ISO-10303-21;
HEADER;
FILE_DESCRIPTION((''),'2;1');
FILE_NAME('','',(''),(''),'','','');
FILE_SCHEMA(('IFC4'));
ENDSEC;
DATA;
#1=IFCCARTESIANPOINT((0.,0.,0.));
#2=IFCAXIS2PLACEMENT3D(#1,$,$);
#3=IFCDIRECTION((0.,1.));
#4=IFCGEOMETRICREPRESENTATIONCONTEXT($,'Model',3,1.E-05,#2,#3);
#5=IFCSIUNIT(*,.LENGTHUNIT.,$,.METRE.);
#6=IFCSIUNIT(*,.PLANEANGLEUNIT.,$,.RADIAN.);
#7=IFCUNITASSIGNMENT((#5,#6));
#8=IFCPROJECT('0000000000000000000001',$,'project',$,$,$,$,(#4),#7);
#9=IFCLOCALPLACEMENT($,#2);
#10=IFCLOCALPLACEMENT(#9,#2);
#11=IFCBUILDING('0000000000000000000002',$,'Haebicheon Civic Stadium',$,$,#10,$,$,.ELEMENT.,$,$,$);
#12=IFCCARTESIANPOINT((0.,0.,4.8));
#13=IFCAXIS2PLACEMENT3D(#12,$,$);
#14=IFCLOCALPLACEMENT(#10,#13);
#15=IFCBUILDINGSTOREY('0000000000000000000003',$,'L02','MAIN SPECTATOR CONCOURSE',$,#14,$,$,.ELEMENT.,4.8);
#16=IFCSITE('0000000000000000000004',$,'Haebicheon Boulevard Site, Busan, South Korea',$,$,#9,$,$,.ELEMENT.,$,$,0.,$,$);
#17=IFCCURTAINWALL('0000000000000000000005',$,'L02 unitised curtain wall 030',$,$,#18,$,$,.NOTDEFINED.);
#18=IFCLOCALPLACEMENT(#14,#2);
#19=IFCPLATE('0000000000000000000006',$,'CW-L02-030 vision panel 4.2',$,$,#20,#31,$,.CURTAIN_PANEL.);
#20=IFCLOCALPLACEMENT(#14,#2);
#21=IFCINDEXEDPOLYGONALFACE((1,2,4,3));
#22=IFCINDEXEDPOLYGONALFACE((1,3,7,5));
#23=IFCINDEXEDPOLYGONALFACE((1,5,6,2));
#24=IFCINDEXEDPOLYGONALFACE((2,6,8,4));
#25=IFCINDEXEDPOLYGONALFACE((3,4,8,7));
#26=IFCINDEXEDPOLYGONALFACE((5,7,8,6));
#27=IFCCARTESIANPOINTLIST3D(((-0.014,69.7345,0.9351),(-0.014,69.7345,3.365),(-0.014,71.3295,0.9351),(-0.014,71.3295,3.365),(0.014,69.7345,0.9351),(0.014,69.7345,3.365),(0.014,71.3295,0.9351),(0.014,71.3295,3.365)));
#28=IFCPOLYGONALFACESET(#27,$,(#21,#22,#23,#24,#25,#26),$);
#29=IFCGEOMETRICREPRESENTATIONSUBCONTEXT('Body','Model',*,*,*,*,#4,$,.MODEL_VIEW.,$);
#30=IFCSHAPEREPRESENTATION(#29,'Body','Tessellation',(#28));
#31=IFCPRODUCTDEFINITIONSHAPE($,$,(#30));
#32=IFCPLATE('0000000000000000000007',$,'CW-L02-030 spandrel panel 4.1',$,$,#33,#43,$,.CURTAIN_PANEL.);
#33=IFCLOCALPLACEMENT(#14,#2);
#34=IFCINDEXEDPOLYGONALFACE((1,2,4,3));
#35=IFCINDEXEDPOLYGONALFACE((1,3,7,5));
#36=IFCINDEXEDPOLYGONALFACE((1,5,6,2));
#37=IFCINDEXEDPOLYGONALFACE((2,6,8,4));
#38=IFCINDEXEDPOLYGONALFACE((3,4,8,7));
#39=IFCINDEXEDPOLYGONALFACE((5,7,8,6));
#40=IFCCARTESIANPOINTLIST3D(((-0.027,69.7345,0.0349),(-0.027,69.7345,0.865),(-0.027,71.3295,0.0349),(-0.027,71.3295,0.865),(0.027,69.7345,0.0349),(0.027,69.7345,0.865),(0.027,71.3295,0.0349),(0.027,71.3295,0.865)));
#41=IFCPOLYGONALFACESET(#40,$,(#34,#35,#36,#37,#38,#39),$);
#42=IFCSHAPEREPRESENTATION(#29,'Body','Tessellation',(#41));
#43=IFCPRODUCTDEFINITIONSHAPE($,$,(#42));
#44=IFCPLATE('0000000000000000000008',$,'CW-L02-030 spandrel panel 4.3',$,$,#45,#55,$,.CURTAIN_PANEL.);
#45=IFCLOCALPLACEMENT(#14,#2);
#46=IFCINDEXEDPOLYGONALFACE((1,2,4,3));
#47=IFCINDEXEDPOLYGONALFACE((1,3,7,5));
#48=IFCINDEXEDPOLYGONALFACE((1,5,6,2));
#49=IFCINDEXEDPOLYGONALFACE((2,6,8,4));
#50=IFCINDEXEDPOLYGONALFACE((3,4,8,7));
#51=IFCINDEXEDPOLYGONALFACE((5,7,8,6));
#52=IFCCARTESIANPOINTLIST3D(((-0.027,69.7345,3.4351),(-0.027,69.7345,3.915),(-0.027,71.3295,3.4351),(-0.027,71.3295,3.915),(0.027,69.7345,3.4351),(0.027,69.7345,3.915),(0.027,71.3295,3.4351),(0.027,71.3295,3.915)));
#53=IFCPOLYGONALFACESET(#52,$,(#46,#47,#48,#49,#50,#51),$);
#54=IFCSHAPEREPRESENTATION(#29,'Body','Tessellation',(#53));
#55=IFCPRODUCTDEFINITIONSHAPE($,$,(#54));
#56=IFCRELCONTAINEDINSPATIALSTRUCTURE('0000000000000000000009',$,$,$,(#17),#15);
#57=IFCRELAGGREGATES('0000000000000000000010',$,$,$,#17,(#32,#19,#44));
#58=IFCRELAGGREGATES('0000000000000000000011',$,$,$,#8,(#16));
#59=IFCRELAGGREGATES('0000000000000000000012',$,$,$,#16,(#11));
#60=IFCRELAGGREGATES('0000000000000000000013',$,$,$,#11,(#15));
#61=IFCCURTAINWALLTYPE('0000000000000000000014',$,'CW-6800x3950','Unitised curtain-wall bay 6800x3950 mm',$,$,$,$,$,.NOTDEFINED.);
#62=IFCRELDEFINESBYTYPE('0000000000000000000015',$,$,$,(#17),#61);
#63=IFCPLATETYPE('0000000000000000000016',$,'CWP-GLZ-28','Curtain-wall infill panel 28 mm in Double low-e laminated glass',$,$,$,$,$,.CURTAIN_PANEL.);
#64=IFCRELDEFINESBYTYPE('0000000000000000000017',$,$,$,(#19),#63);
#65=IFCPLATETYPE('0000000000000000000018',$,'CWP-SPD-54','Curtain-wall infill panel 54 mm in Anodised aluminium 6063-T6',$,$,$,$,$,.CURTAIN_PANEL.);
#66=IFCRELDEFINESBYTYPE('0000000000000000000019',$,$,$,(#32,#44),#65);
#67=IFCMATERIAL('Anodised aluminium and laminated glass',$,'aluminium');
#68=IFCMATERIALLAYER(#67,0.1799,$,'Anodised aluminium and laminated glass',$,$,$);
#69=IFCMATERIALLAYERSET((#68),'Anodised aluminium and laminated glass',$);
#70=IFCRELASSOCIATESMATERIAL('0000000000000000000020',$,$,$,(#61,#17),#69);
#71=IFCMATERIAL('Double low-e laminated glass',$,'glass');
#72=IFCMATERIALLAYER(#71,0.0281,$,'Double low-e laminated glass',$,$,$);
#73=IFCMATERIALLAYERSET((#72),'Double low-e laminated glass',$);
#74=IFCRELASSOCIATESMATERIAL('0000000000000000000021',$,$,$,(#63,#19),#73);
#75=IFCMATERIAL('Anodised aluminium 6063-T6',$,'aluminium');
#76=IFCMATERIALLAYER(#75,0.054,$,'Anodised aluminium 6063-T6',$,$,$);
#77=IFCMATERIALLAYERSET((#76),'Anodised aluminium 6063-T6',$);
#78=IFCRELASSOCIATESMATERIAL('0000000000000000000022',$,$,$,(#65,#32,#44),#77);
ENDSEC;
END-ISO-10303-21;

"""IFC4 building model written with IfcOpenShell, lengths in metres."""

from ifc_helpers import new_model, si_unit, direction, frame, origin, origin_2d, place, context, subcontext, project, spatial, rectangle, extrude, material, layer, layer_set, type_object, element, aggregate, save


model = new_model("IFC4")

# Units and contexts
model_context = context("Model", 3, precision=1e-05, world=origin(), true_north=direction((0.0, 1.0)))
body_context = subcontext(model_context, "Body", "Model", "MODEL_VIEW")
ifc_project = project(units=[si_unit("LENGTHUNIT", "METRE"), si_unit("PLANEANGLEUNIT", "RADIAN")], contexts=[model_context])

# Site, building, storey
site_placement = place(None, origin())
site = spatial("IfcSite", under=ifc_project, at=site_placement, Name="Haebicheon Boulevard Site, Busan, South Korea", CompositionType="ELEMENT", RefElevation=0.0)
building_placement = place(site_placement, origin())
building = spatial("IfcBuilding", under=site, at=building_placement, Name="Haebicheon Civic Stadium", CompositionType="ELEMENT")
storey_placement = place(building_placement, frame((0.0, 0.0, 4.8)))
storey = spatial("IfcBuildingStorey", under=building, at=storey_placement, Name="L02", Description="MAIN SPECTATOR CONCOURSE", CompositionType="ELEMENT", Elevation=4.8)

# Curtain wall
ifc_material_1 = material(Name="Anodised aluminium and laminated glass", Category="aluminium")
ifc_layer_1 = layer(ifc_material_1, 0.1799, Name="Anodised aluminium and laminated glass")
ifc_layer_set_1 = layer_set([ifc_layer_1], Name="Anodised aluminium and laminated glass")
curtain_wall_type = type_object("IfcCurtainWallType", Name="CW-6800x3950", Description="Unitised curtain-wall bay 6800x3950 mm", PredefinedType="NOTDEFINED", material=ifc_layer_set_1)
curtain_wall_placement = place(storey_placement, origin())
curtain_wall = element("IfcCurtainWall", 1, at=curtain_wall_placement, inside=storey, type_object=curtain_wall_type, material=ifc_layer_set_1, Name="L02 unitised curtain wall 030", PredefinedType="NOTDEFINED")

# Plates
ifc_material_2 = material(Name="Double low-e laminated glass", Category="glass")
ifc_layer_2 = layer(ifc_material_2, 0.0281, Name="Double low-e laminated glass")
ifc_layer_set_2 = layer_set([ifc_layer_2], Name="Double low-e laminated glass")
plate_type_1 = type_object("IfcPlateType", Name="CWP-GLZ-28", Description="Curtain-wall infill panel 28 mm in Double low-e laminated glass", PredefinedType="CURTAIN_PANEL", material=ifc_layer_set_2)
plate_1_placement = place(storey_placement, frame((0.0, 70.532, 0.9351), z_axis=(0.0, 0.0, 1.0), x_axis=(0.0, 1.0, 0.0)))
plate_1 = element("IfcPlate", 2, at=plate_1_placement, type_object=plate_type_1, material=ifc_layer_set_2, Name="CW-L02-030 vision panel 4.2", PredefinedType="CURTAIN_PANEL", context=body_context, shape_type="SweptSolid", body=[
    extrude(rectangle(XDim=1.595, YDim=0.0281, at=origin_2d()), origin(), (0.0, 0.0, 1.0), 2.4299),
])
ifc_material_3 = material(Name="Anodised aluminium 6063-T6", Category="aluminium")
ifc_layer_3 = layer(ifc_material_3, 0.054, Name="Anodised aluminium 6063-T6")
ifc_layer_set_3 = layer_set([ifc_layer_3], Name="Anodised aluminium 6063-T6")
plate_type_2 = type_object("IfcPlateType", Name="CWP-SPD-54", Description="Curtain-wall infill panel 54 mm in Anodised aluminium 6063-T6", PredefinedType="CURTAIN_PANEL", material=ifc_layer_set_3)
plate_2_placement = place(storey_placement, frame((0.0, 70.532, 0.0349), z_axis=(0.0, 0.0, 1.0), x_axis=(0.0, 1.0, 0.0)))
plate_2 = element("IfcPlate", 3, at=plate_2_placement, type_object=plate_type_2, material=ifc_layer_set_3, Name="CW-L02-030 spandrel panel 4.1", PredefinedType="CURTAIN_PANEL", context=body_context, shape_type="SweptSolid", body=[
    extrude(rectangle(XDim=1.595, YDim=0.054, at=origin_2d()), origin(), (0.0, 0.0, 1.0), 0.8301),
])
plate_3_placement = place(storey_placement, frame((0.0, 70.532, 3.4351), z_axis=(0.0, 0.0, 1.0), x_axis=(0.0, 1.0, 0.0)))
plate_3 = element("IfcPlate", 4, at=plate_3_placement, type_object=plate_type_2, material=ifc_layer_set_3, Name="CW-L02-030 spandrel panel 4.3", PredefinedType="CURTAIN_PANEL", context=body_context, shape_type="SweptSolid", body=[
    extrude(rectangle(XDim=1.595, YDim=0.054, at=origin_2d()), origin(), (0.0, 0.0, 1.0), 0.48),
])
aggregate(curtain_wall, [plate_2, plate_1, plate_3])

save(model, "model.ifc")
